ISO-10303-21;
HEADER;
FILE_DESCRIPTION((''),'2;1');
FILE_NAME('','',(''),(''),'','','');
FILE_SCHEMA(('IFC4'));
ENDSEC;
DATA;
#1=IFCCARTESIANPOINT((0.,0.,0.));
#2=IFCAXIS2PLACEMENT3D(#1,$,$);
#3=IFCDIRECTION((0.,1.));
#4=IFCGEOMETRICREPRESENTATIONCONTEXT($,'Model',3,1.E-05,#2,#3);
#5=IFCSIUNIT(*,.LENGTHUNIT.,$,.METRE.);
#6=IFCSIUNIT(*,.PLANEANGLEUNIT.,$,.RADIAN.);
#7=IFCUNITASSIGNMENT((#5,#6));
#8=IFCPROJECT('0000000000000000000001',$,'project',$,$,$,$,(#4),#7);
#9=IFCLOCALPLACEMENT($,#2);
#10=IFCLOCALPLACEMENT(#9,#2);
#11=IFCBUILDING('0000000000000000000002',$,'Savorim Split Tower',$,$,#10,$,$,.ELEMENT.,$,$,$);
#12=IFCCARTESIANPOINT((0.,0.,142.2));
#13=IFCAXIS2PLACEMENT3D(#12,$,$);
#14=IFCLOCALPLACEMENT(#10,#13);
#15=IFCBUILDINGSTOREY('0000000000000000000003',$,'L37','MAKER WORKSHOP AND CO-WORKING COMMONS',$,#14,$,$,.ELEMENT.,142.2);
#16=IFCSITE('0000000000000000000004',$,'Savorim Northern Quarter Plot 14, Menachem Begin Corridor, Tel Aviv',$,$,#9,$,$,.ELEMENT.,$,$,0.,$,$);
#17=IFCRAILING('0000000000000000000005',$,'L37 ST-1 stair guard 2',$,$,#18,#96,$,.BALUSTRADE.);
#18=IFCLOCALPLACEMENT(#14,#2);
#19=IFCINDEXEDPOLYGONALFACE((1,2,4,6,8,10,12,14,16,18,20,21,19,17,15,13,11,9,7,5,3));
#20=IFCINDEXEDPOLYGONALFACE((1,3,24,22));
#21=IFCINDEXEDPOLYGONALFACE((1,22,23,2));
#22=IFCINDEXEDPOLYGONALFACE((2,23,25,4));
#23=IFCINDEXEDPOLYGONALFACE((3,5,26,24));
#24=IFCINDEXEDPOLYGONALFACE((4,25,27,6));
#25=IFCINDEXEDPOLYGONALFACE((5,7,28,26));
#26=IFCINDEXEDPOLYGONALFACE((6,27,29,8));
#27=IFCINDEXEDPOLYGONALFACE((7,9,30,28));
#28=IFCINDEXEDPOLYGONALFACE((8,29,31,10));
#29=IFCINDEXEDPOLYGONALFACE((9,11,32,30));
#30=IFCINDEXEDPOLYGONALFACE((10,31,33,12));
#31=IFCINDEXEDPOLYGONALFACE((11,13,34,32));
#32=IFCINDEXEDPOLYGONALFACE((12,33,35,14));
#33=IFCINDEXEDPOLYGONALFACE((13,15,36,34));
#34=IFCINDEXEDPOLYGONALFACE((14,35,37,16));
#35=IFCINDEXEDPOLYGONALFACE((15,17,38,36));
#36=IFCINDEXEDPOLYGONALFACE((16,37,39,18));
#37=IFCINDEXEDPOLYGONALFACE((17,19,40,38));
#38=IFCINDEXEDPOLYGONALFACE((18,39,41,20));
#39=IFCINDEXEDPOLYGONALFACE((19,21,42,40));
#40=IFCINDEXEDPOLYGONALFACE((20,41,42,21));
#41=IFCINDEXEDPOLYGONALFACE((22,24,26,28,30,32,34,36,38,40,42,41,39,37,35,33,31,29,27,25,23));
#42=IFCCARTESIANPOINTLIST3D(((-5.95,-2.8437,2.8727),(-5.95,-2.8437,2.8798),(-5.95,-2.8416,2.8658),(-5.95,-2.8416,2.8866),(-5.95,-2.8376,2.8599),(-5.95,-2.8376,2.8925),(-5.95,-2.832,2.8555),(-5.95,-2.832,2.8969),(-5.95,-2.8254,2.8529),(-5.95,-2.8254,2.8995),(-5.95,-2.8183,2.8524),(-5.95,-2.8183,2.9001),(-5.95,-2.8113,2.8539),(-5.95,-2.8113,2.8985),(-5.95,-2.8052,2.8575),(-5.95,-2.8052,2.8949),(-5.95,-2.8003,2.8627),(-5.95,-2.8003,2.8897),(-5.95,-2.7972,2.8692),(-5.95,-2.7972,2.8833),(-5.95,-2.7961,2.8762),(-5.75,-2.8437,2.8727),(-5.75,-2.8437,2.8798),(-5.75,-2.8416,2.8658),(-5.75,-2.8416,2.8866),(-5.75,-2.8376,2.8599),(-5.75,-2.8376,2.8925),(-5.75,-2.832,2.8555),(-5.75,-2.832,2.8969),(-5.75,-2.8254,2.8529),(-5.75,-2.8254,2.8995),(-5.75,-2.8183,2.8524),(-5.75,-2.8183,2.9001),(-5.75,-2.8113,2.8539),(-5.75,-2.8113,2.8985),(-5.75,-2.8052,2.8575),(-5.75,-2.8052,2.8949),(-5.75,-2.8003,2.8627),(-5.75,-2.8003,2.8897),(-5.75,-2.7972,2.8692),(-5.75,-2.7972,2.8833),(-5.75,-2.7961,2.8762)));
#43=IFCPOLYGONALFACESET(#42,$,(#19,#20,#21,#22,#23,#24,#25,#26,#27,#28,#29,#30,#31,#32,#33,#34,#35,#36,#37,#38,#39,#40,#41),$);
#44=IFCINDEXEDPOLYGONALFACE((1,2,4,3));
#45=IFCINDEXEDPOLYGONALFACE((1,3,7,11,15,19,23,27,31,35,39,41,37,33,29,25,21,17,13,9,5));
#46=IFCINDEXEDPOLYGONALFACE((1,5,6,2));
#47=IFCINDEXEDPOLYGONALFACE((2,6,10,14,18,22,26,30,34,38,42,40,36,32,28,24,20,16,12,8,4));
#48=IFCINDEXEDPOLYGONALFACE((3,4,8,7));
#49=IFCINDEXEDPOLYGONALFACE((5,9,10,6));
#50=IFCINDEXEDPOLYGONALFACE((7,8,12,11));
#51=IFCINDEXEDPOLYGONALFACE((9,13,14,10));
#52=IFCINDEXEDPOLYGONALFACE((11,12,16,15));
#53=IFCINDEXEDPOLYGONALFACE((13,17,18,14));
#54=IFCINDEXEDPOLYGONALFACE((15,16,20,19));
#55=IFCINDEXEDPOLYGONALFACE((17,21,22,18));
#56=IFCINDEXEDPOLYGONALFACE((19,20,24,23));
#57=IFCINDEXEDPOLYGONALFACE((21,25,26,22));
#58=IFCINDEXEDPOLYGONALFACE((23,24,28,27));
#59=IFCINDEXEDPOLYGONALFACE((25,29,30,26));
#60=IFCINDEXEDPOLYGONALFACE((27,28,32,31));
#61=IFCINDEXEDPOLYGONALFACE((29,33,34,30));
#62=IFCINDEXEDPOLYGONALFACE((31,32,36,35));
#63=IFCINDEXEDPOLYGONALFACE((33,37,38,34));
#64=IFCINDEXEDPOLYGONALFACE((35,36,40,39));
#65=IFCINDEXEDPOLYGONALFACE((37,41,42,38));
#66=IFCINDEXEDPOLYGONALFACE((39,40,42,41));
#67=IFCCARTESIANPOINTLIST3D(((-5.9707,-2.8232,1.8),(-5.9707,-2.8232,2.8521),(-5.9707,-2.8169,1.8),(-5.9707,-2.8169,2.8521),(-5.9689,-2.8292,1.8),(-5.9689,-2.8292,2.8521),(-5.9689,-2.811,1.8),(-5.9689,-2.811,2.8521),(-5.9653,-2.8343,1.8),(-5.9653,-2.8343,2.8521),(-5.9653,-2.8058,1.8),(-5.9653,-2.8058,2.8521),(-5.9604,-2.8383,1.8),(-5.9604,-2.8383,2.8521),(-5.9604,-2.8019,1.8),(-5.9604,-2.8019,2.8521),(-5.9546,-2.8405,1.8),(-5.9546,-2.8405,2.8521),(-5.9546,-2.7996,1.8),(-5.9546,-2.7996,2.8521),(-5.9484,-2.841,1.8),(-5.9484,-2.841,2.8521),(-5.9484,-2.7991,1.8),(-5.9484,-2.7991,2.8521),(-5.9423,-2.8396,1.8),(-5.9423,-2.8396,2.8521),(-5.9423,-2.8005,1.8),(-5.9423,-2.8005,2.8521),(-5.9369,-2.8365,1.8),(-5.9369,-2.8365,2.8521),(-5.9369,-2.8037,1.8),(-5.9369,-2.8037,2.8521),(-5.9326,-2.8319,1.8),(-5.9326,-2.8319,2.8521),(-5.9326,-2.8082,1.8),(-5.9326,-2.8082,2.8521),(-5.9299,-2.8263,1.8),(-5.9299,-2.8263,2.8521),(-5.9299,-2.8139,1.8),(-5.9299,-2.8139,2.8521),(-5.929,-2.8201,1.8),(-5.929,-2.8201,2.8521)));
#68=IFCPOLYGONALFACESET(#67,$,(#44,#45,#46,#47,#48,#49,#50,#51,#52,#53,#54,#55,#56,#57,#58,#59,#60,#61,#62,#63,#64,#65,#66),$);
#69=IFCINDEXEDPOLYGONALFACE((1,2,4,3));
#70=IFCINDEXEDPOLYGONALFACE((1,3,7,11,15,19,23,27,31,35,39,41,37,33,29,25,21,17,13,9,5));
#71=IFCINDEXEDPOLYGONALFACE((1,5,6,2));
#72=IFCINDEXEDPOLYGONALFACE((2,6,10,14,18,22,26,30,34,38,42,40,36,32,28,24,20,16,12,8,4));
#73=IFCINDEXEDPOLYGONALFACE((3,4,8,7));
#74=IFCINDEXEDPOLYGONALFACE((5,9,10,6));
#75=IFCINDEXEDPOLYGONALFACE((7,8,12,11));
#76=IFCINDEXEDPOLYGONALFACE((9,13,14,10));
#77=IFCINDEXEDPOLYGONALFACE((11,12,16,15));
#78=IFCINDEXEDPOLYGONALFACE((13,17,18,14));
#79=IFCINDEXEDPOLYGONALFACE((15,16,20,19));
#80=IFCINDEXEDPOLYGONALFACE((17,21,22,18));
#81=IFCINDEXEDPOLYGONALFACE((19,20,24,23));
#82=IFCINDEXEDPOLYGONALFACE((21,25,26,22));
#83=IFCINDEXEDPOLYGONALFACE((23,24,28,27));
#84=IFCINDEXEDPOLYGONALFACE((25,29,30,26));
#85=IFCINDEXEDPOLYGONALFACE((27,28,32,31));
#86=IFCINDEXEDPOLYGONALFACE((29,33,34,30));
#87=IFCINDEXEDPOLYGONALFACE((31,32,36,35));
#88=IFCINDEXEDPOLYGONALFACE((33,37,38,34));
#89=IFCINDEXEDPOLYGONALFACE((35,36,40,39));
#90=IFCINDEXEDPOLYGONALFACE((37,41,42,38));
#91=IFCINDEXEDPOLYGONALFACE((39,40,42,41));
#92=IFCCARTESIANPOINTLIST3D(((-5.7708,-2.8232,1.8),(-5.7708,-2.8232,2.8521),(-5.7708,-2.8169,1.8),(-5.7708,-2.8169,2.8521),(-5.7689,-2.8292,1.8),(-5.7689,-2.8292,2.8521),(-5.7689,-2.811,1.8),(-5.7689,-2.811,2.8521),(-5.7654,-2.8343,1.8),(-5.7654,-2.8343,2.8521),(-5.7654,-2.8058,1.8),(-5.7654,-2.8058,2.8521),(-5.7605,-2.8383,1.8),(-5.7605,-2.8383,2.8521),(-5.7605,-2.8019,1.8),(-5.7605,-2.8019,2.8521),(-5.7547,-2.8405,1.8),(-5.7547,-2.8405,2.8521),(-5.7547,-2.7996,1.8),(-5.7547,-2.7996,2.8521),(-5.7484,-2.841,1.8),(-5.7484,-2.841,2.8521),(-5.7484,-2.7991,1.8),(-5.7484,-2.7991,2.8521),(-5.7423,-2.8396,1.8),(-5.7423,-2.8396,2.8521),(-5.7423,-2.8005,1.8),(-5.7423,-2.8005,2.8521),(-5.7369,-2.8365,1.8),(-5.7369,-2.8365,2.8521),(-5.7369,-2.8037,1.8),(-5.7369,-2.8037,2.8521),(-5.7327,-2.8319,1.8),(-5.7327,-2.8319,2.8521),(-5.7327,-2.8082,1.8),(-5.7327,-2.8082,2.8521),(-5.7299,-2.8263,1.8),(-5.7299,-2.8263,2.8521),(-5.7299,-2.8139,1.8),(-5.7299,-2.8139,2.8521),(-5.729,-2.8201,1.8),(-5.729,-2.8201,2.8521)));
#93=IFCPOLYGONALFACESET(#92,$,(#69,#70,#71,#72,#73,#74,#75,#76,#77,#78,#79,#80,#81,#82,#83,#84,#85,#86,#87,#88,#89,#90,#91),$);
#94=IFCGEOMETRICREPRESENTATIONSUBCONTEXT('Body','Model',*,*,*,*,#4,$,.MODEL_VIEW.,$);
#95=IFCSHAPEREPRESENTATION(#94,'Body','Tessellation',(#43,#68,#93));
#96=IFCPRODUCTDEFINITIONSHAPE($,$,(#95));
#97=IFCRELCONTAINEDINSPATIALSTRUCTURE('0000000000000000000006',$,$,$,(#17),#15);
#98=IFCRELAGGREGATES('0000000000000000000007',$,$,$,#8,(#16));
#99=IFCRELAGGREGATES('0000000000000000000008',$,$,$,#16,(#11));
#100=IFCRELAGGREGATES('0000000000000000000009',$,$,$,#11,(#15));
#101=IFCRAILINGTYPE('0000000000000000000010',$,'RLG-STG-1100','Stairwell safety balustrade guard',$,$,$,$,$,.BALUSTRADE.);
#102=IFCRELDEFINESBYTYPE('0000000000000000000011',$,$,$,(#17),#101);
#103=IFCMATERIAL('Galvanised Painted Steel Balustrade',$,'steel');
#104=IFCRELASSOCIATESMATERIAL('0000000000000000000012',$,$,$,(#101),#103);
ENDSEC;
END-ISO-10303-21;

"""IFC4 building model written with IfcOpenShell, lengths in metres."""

from ifc_helpers import new_model, si_unit, direction, frame, origin, origin_2d, place, context, subcontext, project, spatial, circle, extrude, material, type_object, element, save


model = new_model("IFC4")

# Units and contexts
model_context = context("Model", 3, precision=1e-05, world=origin(), true_north=direction((0.0, 1.0)))
body_context = subcontext(model_context, "Body", "Model", "MODEL_VIEW")
ifc_project = project(units=[si_unit("LENGTHUNIT", "METRE"), si_unit("PLANEANGLEUNIT", "RADIAN")], contexts=[model_context])

# Site, building, storey
site_placement = place(None, origin())
site = spatial("IfcSite", under=ifc_project, at=site_placement, Name="Savorim Northern Quarter Plot 14, Menachem Begin Corridor, Tel Aviv", CompositionType="ELEMENT", RefElevation=0.0)
building_placement = place(site_placement, origin())
building = spatial("IfcBuilding", under=site, at=building_placement, Name="Savorim Split Tower", CompositionType="ELEMENT")
storey_placement = place(building_placement, frame((0.0, 0.0, 142.2)))
storey = spatial("IfcBuildingStorey", under=building, at=storey_placement, Name="L37", Description="MAKER WORKSHOP AND CO-WORKING COMMONS", CompositionType="ELEMENT", Elevation=142.2)

# Railing
ifc_material_1 = material(Name="Galvanised Painted Steel Balustrade", Category="steel")
railing_type_1 = type_object("IfcRailingType", Name="RLG-STG-1100", Description="Stairwell safety balustrade guard", PredefinedType="BALUSTRADE", material=ifc_material_1)
railing_1_placement = place(storey_placement, frame((-5.95, -2.8201, 1.8)))
element("IfcRailing", 1, at=railing_1_placement, inside=storey, type_object=railing_type_1, Name="L37 ST-1 stair guard 2", PredefinedType="BALUSTRADE", context=body_context, shape_type="SweptSolid", body=[
    extrude(circle(Radius=0.0239, at=origin_2d()), frame((0.0, 0.0, 1.0762), z_axis=(1.0, 0.0, 0.0), x_axis=(0.0, 1.0, 0.0)), (0.0, 0.0, 1.0), 0.2),
    extrude(circle(Radius=0.021, at=origin_2d()), origin(), (0.0, 0.0, 1.0), 1.052),
    extrude(circle(Radius=0.021, at=origin_2d()), frame((0.2, 0.0, 0.0)), (0.0, 0.0, 1.0), 1.052),
])

save(model, "model.ifc")
